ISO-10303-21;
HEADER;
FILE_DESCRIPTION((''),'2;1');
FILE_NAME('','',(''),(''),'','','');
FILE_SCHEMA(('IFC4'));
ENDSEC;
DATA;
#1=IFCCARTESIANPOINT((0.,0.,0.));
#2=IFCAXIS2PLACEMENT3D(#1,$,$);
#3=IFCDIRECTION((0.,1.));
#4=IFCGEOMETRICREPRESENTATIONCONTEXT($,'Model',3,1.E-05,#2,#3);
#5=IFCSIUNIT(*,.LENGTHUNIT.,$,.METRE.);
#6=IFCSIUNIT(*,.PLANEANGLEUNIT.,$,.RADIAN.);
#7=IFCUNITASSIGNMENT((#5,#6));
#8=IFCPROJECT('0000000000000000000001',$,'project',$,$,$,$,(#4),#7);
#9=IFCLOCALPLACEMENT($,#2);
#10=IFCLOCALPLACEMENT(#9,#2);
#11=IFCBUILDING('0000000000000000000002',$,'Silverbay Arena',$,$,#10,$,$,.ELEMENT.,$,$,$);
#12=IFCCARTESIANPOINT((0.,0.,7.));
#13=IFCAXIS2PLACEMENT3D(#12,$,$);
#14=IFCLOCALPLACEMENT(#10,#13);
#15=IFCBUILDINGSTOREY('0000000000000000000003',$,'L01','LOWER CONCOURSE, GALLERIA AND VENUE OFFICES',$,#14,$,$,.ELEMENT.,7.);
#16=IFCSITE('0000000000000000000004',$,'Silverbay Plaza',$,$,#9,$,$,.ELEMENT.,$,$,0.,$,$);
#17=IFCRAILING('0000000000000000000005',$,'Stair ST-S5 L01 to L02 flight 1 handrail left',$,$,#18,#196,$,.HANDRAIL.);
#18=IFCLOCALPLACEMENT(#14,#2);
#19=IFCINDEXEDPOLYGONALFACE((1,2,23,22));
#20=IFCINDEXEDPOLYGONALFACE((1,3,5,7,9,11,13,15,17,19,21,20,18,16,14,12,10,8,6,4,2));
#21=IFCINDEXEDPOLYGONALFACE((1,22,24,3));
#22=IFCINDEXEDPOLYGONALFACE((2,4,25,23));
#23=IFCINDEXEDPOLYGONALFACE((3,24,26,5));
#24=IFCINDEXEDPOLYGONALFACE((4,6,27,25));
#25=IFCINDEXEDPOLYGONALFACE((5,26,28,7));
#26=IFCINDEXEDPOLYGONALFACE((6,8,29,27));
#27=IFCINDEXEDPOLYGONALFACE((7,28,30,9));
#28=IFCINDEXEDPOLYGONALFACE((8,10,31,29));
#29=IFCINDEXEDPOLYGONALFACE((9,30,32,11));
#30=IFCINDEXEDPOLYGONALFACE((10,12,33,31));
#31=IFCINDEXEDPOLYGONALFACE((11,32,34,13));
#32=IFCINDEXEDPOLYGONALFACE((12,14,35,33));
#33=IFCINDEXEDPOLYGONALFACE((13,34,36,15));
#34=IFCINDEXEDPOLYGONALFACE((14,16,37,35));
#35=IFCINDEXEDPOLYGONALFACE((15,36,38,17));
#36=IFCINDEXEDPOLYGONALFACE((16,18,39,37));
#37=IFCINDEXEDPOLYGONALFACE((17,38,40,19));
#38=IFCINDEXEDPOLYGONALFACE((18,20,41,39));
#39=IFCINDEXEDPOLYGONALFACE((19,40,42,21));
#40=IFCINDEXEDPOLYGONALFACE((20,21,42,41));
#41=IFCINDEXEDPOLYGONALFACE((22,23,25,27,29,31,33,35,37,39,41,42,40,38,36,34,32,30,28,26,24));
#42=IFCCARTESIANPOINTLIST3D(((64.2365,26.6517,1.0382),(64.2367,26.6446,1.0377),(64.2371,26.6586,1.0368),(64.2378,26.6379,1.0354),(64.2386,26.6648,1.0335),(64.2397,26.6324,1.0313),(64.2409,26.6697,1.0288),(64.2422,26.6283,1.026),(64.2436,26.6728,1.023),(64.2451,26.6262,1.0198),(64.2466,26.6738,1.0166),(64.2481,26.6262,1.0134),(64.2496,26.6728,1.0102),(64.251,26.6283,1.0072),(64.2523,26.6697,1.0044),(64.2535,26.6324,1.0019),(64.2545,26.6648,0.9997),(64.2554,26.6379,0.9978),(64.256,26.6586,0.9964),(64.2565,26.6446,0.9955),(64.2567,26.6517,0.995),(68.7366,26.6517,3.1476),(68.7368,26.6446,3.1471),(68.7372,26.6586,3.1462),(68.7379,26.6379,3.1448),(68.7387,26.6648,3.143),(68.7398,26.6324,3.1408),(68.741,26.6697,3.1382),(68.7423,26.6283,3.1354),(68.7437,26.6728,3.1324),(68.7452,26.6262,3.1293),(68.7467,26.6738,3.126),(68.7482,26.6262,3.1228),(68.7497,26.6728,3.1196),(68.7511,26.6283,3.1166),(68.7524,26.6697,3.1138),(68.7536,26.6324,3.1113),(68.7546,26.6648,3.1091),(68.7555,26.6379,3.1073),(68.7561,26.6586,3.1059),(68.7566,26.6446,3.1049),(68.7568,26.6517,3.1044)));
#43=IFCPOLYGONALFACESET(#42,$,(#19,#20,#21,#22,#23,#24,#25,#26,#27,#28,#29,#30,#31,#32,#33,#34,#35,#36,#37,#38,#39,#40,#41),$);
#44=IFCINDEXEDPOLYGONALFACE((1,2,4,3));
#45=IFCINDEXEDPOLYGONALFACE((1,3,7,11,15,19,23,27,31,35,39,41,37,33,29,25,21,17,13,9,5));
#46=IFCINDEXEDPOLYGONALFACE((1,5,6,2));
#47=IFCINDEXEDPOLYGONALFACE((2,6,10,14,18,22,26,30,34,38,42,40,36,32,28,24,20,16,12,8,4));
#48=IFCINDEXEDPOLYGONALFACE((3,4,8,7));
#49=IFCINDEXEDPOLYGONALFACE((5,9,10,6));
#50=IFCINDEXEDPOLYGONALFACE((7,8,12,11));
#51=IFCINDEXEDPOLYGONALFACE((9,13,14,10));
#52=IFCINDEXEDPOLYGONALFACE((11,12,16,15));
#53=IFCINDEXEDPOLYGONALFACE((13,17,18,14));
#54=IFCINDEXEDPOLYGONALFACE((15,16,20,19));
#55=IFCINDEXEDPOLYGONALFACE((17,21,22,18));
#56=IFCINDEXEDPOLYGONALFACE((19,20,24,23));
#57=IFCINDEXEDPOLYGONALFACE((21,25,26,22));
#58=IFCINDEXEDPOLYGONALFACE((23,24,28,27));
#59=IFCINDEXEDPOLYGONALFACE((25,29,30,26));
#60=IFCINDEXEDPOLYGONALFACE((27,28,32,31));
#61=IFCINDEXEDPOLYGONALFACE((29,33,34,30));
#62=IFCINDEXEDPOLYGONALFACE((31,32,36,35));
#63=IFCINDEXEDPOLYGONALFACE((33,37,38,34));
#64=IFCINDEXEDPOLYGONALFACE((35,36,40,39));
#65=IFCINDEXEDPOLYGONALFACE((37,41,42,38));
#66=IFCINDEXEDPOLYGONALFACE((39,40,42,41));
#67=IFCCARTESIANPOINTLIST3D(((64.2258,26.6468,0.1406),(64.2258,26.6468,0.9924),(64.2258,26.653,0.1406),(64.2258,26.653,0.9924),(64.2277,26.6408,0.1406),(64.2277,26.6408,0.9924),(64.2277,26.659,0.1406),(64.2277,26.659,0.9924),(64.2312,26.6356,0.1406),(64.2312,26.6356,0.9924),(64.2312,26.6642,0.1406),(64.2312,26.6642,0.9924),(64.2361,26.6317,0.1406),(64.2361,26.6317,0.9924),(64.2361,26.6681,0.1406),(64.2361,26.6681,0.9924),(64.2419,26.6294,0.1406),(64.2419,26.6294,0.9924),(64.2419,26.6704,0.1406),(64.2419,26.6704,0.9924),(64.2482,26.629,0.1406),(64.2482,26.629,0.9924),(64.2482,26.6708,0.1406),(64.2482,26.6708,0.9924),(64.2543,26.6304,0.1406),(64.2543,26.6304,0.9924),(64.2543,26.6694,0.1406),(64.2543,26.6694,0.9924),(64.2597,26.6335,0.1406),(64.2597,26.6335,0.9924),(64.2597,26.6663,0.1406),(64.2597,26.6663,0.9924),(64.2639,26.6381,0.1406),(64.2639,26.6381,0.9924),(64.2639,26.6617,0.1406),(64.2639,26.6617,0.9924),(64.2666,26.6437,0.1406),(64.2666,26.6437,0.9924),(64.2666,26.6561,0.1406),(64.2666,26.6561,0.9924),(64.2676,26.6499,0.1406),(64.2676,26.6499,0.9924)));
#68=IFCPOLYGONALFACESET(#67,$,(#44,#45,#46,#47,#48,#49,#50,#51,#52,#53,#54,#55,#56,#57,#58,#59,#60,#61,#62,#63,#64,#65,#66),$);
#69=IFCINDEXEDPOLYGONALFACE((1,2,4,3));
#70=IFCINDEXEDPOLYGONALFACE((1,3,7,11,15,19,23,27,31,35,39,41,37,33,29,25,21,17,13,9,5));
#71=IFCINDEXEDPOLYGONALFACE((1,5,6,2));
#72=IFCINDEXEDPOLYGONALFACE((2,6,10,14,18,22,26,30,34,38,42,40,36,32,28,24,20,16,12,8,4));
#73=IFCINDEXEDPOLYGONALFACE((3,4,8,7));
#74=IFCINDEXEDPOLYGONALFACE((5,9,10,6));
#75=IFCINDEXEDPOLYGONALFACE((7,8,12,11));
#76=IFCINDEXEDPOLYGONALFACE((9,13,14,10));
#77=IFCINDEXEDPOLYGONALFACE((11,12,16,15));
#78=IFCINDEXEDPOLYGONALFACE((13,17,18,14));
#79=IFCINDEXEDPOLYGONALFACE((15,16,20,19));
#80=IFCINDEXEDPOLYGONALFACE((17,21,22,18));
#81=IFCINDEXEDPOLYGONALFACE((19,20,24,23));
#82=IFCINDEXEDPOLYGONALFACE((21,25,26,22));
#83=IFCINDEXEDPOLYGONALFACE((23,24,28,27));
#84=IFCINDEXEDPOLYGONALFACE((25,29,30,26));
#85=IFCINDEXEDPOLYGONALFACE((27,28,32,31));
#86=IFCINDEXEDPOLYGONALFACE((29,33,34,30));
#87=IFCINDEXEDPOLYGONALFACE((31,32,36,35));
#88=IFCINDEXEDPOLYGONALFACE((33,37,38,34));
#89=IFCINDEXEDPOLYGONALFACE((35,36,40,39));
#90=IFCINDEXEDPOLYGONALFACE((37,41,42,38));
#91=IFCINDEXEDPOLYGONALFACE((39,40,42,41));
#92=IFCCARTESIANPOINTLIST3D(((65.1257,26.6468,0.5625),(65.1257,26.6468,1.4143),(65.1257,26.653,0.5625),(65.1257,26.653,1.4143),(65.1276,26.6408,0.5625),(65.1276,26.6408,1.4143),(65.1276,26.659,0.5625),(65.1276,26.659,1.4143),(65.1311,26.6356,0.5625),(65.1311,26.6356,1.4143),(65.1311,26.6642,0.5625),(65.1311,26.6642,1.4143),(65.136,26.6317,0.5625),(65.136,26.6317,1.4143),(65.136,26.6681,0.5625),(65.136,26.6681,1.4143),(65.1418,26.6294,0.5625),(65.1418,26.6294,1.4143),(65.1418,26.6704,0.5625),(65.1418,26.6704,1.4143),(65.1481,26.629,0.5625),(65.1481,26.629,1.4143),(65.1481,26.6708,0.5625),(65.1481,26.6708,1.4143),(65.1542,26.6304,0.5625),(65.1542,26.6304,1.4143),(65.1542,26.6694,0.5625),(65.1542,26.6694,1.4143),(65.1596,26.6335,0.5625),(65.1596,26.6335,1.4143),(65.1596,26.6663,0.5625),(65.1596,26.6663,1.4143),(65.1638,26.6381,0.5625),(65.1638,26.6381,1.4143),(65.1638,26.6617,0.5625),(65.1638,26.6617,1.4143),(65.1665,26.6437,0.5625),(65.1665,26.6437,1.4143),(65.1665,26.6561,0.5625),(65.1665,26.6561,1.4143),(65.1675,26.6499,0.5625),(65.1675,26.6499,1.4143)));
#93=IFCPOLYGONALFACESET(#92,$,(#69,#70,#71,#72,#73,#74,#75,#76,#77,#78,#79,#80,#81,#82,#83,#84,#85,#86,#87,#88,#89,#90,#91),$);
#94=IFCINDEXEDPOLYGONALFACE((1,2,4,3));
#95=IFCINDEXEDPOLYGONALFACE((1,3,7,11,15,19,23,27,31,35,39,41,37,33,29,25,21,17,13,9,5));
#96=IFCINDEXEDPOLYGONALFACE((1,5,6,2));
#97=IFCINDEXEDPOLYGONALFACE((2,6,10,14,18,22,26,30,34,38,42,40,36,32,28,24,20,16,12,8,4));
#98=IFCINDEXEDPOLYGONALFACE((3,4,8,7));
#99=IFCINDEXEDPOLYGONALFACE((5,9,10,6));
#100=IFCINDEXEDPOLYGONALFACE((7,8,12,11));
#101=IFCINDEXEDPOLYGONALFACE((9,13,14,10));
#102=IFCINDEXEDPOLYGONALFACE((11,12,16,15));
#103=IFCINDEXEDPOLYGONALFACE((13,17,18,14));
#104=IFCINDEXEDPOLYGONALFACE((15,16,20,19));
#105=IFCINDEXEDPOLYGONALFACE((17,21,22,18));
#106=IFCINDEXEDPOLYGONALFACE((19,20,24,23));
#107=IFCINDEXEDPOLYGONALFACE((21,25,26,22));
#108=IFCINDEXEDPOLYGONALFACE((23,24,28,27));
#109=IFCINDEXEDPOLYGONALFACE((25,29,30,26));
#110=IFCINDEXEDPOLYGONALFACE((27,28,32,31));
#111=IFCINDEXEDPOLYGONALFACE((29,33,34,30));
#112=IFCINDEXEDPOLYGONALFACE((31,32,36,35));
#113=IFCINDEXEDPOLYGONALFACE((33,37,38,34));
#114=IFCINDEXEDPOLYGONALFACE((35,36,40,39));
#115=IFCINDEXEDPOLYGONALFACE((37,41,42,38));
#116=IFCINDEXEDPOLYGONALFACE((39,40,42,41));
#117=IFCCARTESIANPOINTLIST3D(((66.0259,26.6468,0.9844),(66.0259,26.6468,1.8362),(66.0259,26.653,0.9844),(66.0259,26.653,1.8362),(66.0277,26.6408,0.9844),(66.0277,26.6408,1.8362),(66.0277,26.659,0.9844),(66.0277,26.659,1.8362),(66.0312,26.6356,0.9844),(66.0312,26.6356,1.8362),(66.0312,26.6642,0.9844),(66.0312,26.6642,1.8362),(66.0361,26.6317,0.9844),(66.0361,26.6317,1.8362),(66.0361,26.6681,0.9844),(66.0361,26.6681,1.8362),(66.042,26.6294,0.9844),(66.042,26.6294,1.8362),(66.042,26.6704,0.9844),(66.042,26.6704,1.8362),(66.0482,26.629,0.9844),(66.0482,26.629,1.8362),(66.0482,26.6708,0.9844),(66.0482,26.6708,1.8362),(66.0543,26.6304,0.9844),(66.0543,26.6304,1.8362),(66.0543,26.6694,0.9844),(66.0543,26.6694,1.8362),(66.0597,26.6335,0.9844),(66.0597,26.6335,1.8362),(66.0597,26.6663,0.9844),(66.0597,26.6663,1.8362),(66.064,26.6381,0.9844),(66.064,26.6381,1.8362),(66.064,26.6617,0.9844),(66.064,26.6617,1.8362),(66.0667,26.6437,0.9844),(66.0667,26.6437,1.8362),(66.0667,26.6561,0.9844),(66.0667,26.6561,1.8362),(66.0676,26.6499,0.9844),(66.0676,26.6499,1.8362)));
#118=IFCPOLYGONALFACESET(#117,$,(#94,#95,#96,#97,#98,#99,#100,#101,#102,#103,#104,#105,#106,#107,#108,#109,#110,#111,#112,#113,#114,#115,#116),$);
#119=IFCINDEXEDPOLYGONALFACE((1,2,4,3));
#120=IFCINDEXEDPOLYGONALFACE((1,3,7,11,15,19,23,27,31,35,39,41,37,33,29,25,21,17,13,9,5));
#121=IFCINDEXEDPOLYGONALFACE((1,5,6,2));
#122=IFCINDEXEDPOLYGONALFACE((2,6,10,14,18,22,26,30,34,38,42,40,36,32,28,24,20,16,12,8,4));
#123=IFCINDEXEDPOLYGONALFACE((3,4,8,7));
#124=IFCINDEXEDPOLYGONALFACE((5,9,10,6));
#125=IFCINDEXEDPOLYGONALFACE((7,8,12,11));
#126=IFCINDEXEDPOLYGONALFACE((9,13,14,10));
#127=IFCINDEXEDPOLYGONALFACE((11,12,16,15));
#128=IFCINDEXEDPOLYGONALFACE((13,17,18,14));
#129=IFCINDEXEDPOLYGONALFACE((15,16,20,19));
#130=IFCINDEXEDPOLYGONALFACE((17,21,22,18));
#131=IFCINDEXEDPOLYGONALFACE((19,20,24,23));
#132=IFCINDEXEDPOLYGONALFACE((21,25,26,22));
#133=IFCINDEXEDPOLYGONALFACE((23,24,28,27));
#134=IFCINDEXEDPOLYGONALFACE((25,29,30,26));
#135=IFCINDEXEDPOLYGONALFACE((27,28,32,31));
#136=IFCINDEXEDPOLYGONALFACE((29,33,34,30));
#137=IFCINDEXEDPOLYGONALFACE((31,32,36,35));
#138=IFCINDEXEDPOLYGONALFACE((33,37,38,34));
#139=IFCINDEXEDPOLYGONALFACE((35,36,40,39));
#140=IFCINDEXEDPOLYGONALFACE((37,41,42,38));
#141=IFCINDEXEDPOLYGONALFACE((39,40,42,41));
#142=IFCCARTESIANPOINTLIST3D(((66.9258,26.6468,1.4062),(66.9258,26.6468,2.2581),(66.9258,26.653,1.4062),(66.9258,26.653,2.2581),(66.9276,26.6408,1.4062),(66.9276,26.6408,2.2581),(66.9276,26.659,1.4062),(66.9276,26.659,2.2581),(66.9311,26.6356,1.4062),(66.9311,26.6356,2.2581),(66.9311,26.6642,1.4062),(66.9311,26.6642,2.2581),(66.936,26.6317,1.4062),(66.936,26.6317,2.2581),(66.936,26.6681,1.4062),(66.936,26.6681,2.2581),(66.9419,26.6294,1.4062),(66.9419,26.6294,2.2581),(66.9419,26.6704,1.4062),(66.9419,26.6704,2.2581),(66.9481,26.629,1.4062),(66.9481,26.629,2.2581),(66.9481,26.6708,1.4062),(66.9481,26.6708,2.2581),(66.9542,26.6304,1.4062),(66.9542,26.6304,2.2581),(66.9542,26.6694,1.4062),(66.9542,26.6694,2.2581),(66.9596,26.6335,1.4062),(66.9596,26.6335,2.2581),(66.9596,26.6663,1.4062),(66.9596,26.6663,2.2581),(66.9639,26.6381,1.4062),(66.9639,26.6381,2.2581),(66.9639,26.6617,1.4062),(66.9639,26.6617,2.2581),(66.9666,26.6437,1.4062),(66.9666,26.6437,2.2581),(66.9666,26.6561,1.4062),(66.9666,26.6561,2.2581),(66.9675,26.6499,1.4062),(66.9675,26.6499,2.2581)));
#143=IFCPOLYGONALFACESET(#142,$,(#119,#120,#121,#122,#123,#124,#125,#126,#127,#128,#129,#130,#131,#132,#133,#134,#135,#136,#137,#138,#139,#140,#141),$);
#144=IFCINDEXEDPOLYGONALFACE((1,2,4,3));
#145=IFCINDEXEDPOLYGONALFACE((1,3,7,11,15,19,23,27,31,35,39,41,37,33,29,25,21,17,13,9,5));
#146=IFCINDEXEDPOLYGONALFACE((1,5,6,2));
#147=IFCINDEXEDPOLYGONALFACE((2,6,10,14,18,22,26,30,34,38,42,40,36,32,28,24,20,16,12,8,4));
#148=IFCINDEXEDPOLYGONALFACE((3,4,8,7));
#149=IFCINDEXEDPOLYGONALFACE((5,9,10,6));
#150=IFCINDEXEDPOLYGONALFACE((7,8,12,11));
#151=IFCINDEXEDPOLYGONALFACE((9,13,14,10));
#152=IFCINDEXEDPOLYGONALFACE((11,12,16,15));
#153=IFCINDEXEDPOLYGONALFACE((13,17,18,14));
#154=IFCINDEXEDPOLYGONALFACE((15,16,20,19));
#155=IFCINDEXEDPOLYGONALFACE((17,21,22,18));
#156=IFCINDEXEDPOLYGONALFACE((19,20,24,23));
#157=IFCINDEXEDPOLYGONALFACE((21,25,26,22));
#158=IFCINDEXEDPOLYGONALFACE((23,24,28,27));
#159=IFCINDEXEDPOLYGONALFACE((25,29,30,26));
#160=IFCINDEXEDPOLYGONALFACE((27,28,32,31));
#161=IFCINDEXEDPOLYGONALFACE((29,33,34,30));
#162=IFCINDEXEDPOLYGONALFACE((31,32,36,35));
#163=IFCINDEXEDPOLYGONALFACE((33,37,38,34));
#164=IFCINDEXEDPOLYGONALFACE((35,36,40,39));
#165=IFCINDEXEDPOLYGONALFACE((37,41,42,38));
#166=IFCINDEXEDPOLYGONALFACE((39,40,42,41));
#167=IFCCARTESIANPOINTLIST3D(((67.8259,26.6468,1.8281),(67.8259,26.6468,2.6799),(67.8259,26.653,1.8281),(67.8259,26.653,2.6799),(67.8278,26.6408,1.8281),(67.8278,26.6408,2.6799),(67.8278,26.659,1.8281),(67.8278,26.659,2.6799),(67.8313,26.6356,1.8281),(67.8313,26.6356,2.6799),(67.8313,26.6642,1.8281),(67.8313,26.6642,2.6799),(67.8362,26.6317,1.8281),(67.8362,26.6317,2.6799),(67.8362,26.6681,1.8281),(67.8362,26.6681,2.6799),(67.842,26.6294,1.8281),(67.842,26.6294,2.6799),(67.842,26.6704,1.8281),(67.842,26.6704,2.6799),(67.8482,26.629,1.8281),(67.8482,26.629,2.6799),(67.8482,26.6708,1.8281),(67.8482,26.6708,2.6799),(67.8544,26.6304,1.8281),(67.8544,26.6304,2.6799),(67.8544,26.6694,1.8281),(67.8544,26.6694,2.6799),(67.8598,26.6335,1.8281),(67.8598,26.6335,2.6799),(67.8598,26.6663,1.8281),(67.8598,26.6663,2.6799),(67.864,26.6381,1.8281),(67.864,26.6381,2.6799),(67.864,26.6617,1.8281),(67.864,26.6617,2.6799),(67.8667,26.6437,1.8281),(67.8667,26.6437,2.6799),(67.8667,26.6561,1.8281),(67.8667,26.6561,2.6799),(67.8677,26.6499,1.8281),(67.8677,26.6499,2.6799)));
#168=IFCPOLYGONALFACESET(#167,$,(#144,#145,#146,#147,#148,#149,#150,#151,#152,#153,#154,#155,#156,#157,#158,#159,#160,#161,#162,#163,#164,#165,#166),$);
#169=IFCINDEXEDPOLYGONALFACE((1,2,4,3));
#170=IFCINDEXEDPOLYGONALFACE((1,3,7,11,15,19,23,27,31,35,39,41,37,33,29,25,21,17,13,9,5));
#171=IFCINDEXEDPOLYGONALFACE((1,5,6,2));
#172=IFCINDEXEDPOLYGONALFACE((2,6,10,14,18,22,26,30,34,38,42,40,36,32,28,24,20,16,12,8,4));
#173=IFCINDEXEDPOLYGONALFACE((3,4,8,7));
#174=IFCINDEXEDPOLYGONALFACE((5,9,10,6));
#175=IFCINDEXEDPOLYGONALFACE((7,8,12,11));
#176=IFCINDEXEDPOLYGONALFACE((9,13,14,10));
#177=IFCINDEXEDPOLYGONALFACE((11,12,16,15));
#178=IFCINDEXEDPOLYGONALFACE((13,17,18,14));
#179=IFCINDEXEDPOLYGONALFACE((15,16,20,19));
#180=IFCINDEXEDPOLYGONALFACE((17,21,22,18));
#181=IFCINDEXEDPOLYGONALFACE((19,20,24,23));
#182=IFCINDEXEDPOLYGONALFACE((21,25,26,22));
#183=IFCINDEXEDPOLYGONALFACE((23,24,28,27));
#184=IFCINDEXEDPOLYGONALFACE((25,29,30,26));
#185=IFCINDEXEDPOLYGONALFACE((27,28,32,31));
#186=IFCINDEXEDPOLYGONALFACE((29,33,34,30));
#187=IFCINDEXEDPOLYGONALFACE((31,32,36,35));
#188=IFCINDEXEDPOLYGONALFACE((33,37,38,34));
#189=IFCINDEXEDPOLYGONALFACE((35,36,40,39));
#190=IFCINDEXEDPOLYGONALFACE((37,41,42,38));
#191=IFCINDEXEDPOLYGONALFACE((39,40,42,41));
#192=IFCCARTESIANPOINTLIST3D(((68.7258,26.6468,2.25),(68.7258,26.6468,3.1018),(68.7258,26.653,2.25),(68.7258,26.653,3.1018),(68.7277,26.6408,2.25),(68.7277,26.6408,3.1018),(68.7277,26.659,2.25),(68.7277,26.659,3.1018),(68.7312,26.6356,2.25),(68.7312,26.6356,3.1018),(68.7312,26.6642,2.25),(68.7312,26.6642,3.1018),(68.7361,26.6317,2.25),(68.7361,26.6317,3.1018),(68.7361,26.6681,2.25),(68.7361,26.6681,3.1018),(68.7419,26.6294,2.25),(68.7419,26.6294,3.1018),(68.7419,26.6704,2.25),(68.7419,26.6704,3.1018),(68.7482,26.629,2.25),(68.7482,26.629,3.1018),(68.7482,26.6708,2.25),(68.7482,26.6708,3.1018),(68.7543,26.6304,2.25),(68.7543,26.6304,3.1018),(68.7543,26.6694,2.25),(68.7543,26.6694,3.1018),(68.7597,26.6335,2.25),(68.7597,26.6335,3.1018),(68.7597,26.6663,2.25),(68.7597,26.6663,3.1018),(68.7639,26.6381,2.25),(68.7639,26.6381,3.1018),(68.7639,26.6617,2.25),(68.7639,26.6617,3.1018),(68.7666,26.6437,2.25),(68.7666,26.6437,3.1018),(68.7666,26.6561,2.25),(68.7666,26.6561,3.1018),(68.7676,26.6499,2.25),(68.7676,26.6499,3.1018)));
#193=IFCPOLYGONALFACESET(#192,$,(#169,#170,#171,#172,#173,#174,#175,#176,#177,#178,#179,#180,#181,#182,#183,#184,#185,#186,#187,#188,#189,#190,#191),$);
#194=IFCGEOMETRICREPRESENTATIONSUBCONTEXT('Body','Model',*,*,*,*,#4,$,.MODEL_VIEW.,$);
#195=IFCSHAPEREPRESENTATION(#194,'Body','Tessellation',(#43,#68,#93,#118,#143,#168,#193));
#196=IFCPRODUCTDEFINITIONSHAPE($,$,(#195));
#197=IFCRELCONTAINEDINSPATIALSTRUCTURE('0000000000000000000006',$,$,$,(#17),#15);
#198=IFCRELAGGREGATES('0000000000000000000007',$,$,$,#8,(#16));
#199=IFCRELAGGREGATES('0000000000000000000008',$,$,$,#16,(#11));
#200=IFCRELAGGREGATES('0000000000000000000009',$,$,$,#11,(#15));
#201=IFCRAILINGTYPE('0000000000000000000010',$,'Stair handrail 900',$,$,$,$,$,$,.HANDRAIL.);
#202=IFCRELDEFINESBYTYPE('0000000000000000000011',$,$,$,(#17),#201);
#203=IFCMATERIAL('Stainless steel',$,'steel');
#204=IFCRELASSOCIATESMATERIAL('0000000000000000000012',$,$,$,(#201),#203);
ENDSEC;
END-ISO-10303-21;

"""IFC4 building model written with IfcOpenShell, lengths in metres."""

from ifc_helpers import new_model, si_unit, direction, frame, origin, origin_2d, place, context, subcontext, project, spatial, circle, extrude, material, type_object, element, save


model = new_model("IFC4")

# Units and contexts
model_context = context("Model", 3, precision=1e-05, world=origin(), true_north=direction((0.0, 1.0)))
body_context = subcontext(model_context, "Body", "Model", "MODEL_VIEW")
ifc_project = project(units=[si_unit("LENGTHUNIT", "METRE"), si_unit("PLANEANGLEUNIT", "RADIAN")], contexts=[model_context])

# Site, building, storey
site_placement = place(None, origin())
site = spatial("IfcSite", under=ifc_project, at=site_placement, Name="Silverbay Plaza", CompositionType="ELEMENT", RefElevation=0.0)
building_placement = place(site_placement, origin())
building = spatial("IfcBuilding", under=site, at=building_placement, Name="Silverbay Arena", CompositionType="ELEMENT")
storey_placement = place(building_placement, frame((0.0, 0.0, 7.0)))
storey = spatial("IfcBuildingStorey", under=building, at=storey_placement, Name="L01", Description="LOWER CONCOURSE, GALLERIA AND VENUE OFFICES", CompositionType="ELEMENT", Elevation=7.0)

# Railing
ifc_material_1 = material(Name="Stainless steel", Category="steel")
railing_type_1 = type_object("IfcRailingType", Name="Stair handrail 900", PredefinedType="HANDRAIL", material=ifc_material_1)
for number, where, name in (
    (1, (64.2466, 26.6499, 0.1406), "Stair ST-S5 L01 to L02 flight 1 handrail left"),
):
    element("IfcRailing", number, at=place(storey_placement, frame(where)), inside=storey, type_object=railing_type_1, Name=name, PredefinedType="HANDRAIL", context=body_context, shape_type="SweptSolid", body=[
        extrude(circle(Radius=0.0239, at=origin_2d()), frame((0.0, 0.0, 0.876), z_axis=(0.905459, 0.0, 0.424434), x_axis=(0.0, 1.0, 0.0)), (0.0, 0.0, 1.0), 4.97),
        extrude(circle(Radius=0.021, at=origin_2d()), origin(), (0.0, 0.0, 1.0), 0.8518),
        extrude(circle(Radius=0.021, at=origin_2d()), frame((0.8999, 0.0, 0.4219)), (0.0, 0.0, 1.0), 0.8518),
        extrude(circle(Radius=0.021, at=origin_2d()), frame((1.8, 0.0, 0.8438)), (0.0, 0.0, 1.0), 0.8518),
        extrude(circle(Radius=0.021, at=origin_2d()), frame((2.7, 0.0, 1.2656)), (0.0, 0.0, 1.0), 0.8518),
        extrude(circle(Radius=0.021, at=origin_2d()), frame((3.6001, 0.0, 1.6875)), (0.0, 0.0, 1.0), 0.8518),
        extrude(circle(Radius=0.021, at=origin_2d()), frame((4.5, 0.0, 2.1094)), (0.0, 0.0, 1.0), 0.8518),
    ])

save(model, "model.ifc")
